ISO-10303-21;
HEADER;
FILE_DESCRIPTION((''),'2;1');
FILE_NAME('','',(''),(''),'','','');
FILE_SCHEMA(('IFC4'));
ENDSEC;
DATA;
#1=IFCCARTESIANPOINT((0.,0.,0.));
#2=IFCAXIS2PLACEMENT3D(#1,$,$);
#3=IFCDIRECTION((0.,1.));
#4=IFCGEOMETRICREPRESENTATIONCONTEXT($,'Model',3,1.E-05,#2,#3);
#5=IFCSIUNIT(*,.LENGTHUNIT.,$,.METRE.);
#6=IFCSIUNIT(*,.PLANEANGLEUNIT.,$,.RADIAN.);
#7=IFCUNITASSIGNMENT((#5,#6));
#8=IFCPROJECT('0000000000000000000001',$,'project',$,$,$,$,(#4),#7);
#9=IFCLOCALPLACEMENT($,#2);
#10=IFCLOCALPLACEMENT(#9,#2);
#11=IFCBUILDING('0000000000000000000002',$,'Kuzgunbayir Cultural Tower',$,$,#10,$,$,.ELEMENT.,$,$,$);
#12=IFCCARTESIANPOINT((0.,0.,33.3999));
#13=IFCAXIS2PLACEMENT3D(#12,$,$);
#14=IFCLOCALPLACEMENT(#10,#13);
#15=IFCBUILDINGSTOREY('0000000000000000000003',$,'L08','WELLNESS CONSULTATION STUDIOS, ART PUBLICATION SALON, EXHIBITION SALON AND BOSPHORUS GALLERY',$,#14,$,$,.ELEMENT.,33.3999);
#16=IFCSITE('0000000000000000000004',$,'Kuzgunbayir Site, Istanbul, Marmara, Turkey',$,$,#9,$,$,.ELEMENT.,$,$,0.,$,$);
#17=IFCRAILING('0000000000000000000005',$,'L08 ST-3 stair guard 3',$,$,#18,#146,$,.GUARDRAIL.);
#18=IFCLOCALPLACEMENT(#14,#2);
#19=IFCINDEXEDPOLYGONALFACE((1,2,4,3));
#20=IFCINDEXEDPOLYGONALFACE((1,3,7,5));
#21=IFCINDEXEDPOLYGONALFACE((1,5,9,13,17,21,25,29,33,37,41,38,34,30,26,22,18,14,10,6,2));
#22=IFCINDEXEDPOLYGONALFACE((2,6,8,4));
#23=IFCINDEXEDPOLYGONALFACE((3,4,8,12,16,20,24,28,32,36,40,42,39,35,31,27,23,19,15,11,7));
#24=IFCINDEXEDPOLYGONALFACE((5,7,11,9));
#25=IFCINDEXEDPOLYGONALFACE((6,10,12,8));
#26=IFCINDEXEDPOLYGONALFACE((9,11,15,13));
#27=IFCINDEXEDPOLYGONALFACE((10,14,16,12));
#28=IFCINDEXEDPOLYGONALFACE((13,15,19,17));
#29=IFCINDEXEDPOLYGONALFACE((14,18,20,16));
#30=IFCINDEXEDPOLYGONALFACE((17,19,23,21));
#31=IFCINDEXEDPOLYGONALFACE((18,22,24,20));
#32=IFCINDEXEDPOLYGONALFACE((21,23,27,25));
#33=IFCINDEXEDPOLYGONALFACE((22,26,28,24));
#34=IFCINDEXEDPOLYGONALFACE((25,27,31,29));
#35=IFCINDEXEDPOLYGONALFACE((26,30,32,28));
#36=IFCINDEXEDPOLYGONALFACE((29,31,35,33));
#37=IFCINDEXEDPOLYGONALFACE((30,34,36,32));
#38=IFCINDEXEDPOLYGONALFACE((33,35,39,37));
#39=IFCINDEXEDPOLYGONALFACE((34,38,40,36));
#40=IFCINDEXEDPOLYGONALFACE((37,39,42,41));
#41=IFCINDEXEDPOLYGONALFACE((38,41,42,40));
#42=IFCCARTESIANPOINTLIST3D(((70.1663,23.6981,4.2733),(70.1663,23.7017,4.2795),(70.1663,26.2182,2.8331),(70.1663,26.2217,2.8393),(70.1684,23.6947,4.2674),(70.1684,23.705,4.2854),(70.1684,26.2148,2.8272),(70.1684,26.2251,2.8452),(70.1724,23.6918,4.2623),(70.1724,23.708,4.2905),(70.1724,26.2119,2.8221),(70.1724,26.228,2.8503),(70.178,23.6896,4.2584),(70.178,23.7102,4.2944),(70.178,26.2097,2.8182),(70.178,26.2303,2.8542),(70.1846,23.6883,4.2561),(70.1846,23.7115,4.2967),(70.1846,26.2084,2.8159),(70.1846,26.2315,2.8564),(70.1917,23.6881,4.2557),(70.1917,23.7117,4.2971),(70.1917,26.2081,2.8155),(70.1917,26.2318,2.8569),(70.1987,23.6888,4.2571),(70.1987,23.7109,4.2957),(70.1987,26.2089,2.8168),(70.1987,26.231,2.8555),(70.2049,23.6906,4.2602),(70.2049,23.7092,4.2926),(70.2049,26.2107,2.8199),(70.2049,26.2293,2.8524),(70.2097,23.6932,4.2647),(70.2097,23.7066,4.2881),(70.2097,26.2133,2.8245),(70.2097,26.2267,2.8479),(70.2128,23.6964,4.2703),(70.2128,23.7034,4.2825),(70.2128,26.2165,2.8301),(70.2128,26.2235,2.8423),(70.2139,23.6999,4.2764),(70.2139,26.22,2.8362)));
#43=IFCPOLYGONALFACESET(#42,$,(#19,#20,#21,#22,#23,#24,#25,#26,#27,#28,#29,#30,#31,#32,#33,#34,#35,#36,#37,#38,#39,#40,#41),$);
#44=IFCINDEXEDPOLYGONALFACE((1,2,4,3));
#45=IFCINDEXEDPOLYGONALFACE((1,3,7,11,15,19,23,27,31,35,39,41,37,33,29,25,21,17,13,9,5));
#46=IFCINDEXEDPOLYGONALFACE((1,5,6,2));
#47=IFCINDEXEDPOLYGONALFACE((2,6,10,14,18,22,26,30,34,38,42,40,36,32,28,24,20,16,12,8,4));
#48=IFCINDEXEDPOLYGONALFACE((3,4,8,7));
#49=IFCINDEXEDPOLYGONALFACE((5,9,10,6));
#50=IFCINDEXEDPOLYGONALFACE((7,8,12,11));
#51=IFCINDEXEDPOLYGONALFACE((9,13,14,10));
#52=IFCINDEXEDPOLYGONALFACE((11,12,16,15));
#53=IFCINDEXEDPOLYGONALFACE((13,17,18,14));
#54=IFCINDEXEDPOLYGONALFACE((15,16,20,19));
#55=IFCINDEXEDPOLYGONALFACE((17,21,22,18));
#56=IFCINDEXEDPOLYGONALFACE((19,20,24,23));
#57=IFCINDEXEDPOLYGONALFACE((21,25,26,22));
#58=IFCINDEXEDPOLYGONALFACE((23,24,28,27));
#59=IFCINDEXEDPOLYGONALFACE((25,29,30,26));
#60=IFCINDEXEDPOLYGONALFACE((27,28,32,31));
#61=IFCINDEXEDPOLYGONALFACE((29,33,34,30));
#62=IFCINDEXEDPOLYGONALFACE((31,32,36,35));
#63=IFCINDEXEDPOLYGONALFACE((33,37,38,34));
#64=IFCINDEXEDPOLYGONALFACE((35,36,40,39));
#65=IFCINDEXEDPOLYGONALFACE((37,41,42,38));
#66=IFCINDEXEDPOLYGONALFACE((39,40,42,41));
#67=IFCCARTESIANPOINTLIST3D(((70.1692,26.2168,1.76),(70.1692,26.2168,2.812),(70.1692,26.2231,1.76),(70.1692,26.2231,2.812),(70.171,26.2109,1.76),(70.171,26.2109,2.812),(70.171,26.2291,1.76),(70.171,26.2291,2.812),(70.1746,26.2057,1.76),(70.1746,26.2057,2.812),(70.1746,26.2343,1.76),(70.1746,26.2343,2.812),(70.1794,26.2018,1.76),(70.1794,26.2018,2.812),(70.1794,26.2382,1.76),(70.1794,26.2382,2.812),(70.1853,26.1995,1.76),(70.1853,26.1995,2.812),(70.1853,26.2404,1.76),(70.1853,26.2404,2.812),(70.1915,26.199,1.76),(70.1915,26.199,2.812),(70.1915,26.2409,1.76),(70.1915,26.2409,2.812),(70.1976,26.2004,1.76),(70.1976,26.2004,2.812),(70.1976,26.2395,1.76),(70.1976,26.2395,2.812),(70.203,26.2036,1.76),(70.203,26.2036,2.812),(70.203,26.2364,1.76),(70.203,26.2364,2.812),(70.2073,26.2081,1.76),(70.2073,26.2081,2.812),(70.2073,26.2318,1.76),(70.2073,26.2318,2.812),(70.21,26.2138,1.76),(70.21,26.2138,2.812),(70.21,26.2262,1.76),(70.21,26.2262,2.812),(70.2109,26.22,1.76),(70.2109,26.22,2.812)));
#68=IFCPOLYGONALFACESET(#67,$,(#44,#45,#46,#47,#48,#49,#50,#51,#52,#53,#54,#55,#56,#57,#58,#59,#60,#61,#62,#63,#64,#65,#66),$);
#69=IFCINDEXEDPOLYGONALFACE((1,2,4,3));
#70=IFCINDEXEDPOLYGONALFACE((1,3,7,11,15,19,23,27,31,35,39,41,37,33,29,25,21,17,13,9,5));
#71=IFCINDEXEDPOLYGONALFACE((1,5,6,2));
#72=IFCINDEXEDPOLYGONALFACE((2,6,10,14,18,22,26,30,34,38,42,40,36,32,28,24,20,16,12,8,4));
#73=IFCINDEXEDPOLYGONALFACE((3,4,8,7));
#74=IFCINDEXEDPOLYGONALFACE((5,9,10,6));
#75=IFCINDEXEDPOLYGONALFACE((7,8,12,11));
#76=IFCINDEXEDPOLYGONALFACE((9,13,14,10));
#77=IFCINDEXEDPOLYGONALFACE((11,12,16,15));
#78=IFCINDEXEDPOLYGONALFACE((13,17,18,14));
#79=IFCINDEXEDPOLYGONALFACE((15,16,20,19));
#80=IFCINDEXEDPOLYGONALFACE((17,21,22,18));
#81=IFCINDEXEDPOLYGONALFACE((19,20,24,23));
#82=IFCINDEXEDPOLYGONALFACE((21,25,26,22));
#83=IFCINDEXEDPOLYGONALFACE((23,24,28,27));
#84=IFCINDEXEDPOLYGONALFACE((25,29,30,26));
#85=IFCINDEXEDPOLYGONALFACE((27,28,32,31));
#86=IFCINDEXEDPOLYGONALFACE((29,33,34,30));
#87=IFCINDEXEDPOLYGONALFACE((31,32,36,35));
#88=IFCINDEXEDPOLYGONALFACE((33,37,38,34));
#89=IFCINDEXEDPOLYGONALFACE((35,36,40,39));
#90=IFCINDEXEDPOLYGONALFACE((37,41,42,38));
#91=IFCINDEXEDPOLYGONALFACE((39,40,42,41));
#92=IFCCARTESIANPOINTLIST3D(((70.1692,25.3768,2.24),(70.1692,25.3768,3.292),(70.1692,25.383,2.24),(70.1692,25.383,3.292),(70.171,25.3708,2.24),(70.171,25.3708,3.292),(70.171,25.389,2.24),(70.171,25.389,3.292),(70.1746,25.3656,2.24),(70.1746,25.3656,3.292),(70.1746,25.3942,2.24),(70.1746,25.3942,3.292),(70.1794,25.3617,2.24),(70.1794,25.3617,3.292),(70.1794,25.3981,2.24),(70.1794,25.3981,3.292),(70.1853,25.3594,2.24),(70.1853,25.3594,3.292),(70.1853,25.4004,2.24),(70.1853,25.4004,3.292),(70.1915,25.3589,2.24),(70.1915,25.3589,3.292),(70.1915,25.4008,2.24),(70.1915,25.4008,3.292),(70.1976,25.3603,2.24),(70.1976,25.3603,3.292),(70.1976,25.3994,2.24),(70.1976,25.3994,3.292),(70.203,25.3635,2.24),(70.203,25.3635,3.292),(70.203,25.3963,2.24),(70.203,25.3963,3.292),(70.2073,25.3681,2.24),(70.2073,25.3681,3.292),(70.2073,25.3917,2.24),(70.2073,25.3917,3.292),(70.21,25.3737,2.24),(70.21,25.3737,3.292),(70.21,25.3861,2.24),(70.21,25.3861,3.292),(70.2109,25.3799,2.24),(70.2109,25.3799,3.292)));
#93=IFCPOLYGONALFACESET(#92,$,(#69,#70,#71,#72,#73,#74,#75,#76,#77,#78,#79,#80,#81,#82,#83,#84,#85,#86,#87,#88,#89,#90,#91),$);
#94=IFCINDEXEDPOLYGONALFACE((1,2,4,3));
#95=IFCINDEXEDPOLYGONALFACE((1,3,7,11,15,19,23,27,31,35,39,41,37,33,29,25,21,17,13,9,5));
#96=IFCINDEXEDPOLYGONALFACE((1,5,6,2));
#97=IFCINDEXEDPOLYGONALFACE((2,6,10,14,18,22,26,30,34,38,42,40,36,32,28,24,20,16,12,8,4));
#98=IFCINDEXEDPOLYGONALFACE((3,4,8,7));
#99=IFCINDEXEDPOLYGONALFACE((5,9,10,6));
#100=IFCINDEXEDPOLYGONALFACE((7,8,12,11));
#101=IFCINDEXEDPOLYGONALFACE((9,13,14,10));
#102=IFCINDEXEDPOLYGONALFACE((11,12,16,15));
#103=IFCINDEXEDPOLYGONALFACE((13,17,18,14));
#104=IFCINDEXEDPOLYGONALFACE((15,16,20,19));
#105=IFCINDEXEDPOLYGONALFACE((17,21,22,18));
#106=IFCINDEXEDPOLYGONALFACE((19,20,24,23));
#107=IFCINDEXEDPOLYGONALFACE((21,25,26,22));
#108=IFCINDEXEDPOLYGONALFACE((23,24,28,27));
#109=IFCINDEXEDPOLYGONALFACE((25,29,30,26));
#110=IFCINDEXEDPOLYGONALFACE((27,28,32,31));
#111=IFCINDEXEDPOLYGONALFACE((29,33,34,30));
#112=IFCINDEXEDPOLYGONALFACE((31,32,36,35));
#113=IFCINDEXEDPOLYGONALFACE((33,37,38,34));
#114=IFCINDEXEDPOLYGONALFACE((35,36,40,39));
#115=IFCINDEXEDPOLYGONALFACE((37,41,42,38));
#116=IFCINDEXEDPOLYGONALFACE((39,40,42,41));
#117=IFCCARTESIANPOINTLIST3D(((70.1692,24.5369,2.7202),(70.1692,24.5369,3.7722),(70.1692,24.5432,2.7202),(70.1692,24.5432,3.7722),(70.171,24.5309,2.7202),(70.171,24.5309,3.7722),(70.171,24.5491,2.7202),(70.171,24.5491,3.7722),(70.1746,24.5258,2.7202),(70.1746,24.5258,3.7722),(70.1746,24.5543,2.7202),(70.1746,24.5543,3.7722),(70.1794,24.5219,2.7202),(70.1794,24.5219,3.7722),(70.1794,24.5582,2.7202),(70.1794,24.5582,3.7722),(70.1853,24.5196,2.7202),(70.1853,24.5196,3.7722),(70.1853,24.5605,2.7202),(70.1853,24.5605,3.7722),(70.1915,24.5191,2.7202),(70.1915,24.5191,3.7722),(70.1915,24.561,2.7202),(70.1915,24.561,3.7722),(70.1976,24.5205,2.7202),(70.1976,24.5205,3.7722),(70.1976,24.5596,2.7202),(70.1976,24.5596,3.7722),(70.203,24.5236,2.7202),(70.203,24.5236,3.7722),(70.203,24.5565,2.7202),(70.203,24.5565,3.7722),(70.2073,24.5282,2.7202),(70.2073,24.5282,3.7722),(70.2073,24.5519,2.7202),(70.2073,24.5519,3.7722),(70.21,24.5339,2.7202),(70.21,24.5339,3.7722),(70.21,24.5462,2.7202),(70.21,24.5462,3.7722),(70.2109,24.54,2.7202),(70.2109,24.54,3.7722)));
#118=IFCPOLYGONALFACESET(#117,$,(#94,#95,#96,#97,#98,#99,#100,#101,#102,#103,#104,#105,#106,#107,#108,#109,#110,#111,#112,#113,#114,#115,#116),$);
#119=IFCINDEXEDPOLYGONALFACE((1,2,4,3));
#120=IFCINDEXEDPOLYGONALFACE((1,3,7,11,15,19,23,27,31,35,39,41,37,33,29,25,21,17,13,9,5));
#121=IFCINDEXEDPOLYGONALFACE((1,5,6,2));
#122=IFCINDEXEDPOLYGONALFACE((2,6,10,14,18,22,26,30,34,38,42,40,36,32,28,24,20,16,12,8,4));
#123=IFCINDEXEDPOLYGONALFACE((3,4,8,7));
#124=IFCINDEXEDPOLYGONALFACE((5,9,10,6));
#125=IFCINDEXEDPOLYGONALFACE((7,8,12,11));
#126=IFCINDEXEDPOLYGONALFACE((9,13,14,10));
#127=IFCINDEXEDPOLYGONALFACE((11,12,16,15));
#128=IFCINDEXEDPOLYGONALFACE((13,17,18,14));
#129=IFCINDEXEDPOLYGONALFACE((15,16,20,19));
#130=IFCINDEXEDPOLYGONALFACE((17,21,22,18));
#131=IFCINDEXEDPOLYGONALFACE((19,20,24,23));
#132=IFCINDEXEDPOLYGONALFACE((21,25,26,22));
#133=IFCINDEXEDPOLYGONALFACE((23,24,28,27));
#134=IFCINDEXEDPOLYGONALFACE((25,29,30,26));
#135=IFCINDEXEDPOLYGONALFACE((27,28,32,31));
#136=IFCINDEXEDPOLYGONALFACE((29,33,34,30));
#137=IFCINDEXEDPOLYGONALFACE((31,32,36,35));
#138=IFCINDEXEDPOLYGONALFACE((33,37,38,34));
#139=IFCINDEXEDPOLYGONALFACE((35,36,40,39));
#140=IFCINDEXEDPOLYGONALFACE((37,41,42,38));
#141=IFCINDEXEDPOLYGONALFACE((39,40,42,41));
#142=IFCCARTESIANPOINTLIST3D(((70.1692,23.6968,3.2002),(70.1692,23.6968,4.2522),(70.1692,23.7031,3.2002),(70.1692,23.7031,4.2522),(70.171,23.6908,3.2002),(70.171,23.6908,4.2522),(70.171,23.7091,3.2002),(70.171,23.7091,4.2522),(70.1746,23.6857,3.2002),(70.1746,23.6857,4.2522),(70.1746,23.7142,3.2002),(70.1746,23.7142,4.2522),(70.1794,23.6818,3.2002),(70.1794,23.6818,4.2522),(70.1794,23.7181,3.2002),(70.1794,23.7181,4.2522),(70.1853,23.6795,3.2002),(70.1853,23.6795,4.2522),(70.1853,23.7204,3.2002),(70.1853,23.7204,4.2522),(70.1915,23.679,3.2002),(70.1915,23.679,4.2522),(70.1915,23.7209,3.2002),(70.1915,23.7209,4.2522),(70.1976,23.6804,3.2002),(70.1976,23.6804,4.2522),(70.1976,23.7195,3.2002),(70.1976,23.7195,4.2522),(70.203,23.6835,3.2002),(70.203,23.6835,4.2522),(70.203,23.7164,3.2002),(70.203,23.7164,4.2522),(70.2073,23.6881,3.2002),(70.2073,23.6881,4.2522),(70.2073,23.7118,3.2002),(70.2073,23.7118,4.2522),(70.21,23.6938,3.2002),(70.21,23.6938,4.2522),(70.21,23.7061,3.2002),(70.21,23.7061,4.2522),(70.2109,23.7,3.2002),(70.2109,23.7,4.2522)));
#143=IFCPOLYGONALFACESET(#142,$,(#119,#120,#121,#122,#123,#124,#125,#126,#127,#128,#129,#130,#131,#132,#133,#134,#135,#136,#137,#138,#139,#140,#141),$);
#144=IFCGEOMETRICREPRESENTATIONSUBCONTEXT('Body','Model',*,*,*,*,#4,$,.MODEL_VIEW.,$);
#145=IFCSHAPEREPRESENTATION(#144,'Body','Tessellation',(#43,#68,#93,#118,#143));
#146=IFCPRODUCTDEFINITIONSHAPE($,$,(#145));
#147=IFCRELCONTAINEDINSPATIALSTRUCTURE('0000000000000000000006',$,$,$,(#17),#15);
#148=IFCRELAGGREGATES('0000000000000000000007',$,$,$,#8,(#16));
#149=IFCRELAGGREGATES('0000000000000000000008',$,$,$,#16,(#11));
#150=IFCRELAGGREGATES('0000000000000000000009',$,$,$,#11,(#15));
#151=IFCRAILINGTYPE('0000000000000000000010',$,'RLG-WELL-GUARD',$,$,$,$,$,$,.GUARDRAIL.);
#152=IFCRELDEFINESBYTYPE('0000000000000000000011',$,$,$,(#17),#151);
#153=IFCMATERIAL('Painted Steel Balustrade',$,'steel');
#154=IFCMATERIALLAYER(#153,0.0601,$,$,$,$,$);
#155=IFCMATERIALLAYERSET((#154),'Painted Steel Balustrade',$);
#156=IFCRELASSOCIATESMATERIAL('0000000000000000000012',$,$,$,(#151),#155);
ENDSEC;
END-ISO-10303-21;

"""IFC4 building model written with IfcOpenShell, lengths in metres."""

from ifc_helpers import new_model, si_unit, direction, frame, origin, origin_2d, place, context, subcontext, project, spatial, circle, extrude, material, layer, layer_set, type_object, element, save


model = new_model("IFC4")

# Units and contexts
model_context = context("Model", 3, precision=1e-05, world=origin(), true_north=direction((0.0, 1.0)))
body_context = subcontext(model_context, "Body", "Model", "MODEL_VIEW")
ifc_project = project(units=[si_unit("LENGTHUNIT", "METRE"), si_unit("PLANEANGLEUNIT", "RADIAN")], contexts=[model_context])

# Site, building, storey
site_placement = place(None, origin())
site = spatial("IfcSite", under=ifc_project, at=site_placement, Name="Kuzgunbayir Site, Istanbul, Marmara, Turkey", CompositionType="ELEMENT", RefElevation=0.0)
building_placement = place(site_placement, origin())
building = spatial("IfcBuilding", under=site, at=building_placement, Name="Kuzgunbayir Cultural Tower", CompositionType="ELEMENT")
storey_placement = place(building_placement, frame((0.0, 0.0, 33.3999)))
storey = spatial("IfcBuildingStorey", under=building, at=storey_placement, Name="L08", Description="WELLNESS CONSULTATION STUDIOS, ART PUBLICATION SALON, EXHIBITION SALON AND BOSPHORUS GALLERY", CompositionType="ELEMENT", Elevation=33.3999)

# Railing
ifc_material_1 = material(Name="Painted Steel Balustrade", Category="steel")
ifc_layer_1 = layer(ifc_material_1, 0.0601)
ifc_layer_set_1 = layer_set([ifc_layer_1], Name="Painted Steel Balustrade")
railing_type_1 = type_object("IfcRailingType", Name="RLG-WELL-GUARD", PredefinedType="GUARDRAIL", material=ifc_layer_set_1)
railing_1_placement = place(storey_placement, frame((70.1899, 26.22, 1.76)))
element("IfcRailing", 1, at=railing_1_placement, inside=storey, type_object=railing_type_1, Name="L08 ST-3 stair guard 3", PredefinedType="GUARDRAIL", context=body_context, shape_type="SweptSolid", body=[
    extrude(circle(Radius=0.0239, at=origin_2d()), frame((0.0, 0.0, 1.0762), z_axis=(0.0, -0.868217, 0.496184), x_axis=(1.0, 0.0, 0.0)), (0.0, 0.0, 1.0), 2.9026),
    extrude(circle(Radius=0.021, at=origin_2d()), origin(), (0.0, 0.0, 1.0), 1.052),
    extrude(circle(Radius=0.021, at=origin_2d()), frame((0.0, -0.8401, 0.48)), (0.0, 0.0, 1.0), 1.052),
    extrude(circle(Radius=0.021, at=origin_2d()), frame((0.0, -1.6799, 0.9602)), (0.0, 0.0, 1.0), 1.052),
    extrude(circle(Radius=0.021, at=origin_2d()), frame((0.0, -2.52, 1.4402)), (0.0, 0.0, 1.0), 1.052),
])

save(model, "model.ifc")
